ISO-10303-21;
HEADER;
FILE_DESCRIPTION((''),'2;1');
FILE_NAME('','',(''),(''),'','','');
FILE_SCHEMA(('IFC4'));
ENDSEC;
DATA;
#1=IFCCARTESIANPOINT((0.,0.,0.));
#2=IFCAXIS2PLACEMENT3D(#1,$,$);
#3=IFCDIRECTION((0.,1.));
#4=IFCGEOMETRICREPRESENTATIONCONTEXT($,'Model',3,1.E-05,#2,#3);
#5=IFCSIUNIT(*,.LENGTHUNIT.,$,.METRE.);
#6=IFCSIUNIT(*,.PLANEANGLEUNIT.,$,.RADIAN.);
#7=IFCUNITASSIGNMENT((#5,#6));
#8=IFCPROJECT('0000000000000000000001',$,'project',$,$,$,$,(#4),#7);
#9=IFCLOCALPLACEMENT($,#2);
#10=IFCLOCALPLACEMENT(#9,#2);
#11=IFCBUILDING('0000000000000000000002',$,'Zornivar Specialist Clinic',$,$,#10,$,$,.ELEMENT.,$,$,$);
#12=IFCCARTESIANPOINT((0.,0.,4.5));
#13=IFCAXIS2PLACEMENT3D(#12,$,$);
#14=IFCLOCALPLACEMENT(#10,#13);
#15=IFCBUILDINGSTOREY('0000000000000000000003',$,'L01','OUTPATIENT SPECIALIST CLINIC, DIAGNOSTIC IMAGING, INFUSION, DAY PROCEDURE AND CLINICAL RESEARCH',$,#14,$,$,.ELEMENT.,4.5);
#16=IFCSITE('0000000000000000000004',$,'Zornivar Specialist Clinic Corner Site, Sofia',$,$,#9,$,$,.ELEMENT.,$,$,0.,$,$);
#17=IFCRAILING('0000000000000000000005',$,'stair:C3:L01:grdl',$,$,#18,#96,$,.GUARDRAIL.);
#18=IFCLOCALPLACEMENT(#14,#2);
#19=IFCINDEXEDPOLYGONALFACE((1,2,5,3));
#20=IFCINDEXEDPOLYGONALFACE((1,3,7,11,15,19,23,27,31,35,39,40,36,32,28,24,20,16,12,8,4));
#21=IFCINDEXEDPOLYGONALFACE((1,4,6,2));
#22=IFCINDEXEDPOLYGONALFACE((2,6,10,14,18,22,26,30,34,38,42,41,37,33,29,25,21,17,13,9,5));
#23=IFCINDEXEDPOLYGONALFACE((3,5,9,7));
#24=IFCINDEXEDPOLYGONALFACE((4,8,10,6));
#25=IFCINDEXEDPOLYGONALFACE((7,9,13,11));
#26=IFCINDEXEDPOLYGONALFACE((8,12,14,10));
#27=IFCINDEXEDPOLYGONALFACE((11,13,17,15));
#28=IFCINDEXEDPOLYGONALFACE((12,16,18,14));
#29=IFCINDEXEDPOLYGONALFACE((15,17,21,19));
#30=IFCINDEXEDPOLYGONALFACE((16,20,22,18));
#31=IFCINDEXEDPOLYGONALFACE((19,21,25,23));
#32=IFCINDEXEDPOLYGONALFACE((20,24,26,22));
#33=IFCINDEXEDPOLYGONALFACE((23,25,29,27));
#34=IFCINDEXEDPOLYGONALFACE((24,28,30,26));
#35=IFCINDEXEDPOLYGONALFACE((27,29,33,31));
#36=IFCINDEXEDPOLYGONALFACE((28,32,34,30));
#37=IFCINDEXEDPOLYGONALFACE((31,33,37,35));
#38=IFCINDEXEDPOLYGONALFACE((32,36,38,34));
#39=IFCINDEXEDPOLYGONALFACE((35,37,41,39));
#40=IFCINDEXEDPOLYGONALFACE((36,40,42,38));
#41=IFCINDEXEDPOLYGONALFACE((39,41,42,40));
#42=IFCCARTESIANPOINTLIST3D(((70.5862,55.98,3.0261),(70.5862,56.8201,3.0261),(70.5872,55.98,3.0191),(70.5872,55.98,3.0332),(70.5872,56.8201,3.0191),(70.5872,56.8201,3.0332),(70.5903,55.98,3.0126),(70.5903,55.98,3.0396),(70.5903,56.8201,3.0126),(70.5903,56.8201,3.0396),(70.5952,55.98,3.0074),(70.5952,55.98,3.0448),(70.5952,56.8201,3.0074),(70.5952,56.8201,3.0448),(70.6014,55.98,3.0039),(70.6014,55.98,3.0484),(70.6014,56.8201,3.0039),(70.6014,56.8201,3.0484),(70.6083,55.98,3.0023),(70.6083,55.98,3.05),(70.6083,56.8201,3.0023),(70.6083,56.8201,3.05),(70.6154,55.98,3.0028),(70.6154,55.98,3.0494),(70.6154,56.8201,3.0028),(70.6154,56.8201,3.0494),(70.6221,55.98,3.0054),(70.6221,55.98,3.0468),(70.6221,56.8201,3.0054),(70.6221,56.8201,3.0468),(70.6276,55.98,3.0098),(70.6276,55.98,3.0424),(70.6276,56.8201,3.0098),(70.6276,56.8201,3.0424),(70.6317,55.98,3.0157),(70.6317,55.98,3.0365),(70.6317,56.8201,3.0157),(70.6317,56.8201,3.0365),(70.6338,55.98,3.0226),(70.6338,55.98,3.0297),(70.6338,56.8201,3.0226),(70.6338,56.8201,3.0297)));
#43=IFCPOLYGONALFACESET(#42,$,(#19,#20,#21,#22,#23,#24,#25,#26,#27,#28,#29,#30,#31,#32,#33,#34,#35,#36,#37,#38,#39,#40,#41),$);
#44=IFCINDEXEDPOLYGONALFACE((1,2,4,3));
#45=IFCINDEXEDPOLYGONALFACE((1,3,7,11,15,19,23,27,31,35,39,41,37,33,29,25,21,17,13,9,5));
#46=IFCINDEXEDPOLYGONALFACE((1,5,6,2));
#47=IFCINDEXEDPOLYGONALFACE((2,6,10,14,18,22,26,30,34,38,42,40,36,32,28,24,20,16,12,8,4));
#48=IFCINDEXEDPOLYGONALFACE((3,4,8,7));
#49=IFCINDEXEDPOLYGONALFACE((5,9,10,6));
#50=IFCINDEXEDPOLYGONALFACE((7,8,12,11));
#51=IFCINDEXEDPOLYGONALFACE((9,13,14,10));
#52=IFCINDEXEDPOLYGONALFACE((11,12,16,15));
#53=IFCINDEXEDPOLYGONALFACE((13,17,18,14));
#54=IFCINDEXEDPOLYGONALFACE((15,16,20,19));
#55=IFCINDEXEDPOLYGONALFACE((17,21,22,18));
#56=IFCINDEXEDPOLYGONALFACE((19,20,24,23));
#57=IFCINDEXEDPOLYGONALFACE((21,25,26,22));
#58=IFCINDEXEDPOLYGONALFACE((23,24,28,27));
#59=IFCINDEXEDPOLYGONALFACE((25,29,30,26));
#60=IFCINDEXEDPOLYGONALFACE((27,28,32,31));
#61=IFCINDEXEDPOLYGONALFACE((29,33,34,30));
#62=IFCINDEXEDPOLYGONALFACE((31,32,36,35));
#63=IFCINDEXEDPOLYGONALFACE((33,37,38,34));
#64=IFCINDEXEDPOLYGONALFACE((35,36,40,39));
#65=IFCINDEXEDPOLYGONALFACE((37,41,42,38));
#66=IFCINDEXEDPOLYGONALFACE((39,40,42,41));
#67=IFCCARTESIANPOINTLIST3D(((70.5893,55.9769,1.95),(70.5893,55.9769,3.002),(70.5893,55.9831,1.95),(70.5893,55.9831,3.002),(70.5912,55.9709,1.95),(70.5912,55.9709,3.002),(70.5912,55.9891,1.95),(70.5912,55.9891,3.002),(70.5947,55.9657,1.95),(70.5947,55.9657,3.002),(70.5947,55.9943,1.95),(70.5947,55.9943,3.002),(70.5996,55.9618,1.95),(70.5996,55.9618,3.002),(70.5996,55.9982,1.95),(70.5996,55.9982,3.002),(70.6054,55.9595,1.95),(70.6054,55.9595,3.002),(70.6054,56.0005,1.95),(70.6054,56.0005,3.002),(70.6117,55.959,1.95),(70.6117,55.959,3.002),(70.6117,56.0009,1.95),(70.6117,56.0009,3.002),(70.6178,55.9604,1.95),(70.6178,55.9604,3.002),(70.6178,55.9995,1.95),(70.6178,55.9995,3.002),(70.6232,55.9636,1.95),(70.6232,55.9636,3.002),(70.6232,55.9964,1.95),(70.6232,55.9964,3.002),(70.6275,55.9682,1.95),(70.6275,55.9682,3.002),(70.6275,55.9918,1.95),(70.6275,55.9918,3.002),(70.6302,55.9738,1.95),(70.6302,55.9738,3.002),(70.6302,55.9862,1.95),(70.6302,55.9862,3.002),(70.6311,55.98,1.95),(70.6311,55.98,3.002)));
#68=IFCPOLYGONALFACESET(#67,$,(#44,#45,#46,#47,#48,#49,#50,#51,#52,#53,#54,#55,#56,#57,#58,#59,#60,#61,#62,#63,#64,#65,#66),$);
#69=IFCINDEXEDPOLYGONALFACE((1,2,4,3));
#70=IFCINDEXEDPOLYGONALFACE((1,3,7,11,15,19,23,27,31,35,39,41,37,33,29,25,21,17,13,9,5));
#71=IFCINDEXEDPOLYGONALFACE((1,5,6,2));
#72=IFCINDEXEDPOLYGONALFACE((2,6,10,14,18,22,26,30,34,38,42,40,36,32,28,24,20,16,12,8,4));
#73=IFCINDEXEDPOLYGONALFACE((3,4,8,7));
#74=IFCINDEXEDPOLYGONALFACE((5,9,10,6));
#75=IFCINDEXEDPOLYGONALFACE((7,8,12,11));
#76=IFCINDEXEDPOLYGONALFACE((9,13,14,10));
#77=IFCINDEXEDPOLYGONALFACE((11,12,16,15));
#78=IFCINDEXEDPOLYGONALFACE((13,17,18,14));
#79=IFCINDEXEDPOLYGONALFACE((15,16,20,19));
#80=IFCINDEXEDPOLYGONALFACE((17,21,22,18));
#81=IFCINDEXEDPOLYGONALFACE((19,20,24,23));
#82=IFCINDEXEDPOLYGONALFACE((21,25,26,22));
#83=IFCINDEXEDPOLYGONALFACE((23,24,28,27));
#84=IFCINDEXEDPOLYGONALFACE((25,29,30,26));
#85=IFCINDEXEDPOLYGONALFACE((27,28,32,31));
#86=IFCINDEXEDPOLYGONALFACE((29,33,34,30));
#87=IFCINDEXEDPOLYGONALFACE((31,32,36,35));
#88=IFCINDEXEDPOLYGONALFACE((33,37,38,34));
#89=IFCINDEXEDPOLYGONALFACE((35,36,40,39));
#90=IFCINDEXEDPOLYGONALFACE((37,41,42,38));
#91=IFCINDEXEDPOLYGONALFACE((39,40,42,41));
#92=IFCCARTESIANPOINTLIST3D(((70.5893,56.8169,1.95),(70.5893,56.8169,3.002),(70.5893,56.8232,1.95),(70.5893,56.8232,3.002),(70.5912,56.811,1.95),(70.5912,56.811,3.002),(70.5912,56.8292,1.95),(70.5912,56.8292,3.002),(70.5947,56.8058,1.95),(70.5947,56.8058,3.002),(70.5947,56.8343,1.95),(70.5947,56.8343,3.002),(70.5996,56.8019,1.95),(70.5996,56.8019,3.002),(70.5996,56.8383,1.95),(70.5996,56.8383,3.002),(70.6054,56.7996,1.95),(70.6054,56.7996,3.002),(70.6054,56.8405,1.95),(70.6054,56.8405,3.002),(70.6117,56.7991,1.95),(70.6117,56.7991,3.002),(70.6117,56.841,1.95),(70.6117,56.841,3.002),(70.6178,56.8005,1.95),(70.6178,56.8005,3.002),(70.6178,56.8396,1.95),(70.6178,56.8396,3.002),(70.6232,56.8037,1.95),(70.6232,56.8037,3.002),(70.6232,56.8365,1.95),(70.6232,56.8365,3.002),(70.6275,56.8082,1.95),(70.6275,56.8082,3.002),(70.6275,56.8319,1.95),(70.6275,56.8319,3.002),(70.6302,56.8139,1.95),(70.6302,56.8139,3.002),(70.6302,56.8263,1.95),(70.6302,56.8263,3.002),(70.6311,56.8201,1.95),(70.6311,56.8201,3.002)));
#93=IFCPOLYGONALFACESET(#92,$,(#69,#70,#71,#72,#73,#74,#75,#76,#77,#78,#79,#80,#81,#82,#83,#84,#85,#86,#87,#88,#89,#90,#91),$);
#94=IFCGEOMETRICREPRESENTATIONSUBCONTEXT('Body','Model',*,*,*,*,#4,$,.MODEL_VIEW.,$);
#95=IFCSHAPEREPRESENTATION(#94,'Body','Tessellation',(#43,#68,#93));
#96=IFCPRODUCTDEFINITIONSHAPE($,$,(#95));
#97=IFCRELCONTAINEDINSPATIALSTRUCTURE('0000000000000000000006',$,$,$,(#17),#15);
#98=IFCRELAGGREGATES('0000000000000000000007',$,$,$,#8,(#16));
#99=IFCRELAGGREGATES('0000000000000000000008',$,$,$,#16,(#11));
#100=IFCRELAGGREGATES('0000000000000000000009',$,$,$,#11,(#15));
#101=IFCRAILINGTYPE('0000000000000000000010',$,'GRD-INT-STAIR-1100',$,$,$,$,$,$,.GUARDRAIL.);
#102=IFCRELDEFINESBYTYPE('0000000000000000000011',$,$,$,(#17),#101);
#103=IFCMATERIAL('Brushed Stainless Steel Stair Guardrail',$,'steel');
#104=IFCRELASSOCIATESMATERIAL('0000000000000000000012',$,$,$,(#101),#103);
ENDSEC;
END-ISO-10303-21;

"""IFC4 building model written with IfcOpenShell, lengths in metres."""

from ifc_helpers import new_model, si_unit, direction, frame, origin, origin_2d, place, context, subcontext, project, spatial, circle, extrude, material, type_object, element, save


model = new_model("IFC4")

# Units and contexts
model_context = context("Model", 3, precision=1e-05, world=origin(), true_north=direction((0.0, 1.0)))
body_context = subcontext(model_context, "Body", "Model", "MODEL_VIEW")
ifc_project = project(units=[si_unit("LENGTHUNIT", "METRE"), si_unit("PLANEANGLEUNIT", "RADIAN")], contexts=[model_context])

# Site, building, storey
site_placement = place(None, origin())
site = spatial("IfcSite", under=ifc_project, at=site_placement, Name="Zornivar Specialist Clinic Corner Site, Sofia", CompositionType="ELEMENT", RefElevation=0.0)
building_placement = place(site_placement, origin())
building = spatial("IfcBuilding", under=site, at=building_placement, Name="Zornivar Specialist Clinic", CompositionType="ELEMENT")
storey_placement = place(building_placement, frame((0.0, 0.0, 4.5)))
storey = spatial("IfcBuildingStorey", under=building, at=storey_placement, Name="L01", Description="OUTPATIENT SPECIALIST CLINIC, DIAGNOSTIC IMAGING, INFUSION, DAY PROCEDURE AND CLINICAL RESEARCH", CompositionType="ELEMENT", Elevation=4.5)

# Railing
ifc_material_1 = material(Name="Brushed Stainless Steel Stair Guardrail", Category="steel")
railing_type_1 = type_object("IfcRailingType", Name="GRD-INT-STAIR-1100", PredefinedType="GUARDRAIL", material=ifc_material_1)
railing_1_placement = place(storey_placement, frame((70.6101, 55.98, 1.95)))
element("IfcRailing", 1, at=railing_1_placement, inside=storey, type_object=railing_type_1, Name="stair:C3:L01:grdl", PredefinedType="GUARDRAIL", context=body_context, shape_type="SweptSolid", body=[
    extrude(circle(Radius=0.0239, at=origin_2d()), frame((0.0, 0.0, 1.0762), z_axis=(0.0, 1.0, 0.0), x_axis=(-1.0, 0.0, 0.0)), (0.0, 0.0, 1.0), 0.8401),
    extrude(circle(Radius=0.021, at=origin_2d()), origin(), (0.0, 0.0, 1.0), 1.052),
    extrude(circle(Radius=0.021, at=origin_2d()), frame((0.0, 0.8401, 0.0)), (0.0, 0.0, 1.0), 1.052),
])

save(model, "model.ifc")
